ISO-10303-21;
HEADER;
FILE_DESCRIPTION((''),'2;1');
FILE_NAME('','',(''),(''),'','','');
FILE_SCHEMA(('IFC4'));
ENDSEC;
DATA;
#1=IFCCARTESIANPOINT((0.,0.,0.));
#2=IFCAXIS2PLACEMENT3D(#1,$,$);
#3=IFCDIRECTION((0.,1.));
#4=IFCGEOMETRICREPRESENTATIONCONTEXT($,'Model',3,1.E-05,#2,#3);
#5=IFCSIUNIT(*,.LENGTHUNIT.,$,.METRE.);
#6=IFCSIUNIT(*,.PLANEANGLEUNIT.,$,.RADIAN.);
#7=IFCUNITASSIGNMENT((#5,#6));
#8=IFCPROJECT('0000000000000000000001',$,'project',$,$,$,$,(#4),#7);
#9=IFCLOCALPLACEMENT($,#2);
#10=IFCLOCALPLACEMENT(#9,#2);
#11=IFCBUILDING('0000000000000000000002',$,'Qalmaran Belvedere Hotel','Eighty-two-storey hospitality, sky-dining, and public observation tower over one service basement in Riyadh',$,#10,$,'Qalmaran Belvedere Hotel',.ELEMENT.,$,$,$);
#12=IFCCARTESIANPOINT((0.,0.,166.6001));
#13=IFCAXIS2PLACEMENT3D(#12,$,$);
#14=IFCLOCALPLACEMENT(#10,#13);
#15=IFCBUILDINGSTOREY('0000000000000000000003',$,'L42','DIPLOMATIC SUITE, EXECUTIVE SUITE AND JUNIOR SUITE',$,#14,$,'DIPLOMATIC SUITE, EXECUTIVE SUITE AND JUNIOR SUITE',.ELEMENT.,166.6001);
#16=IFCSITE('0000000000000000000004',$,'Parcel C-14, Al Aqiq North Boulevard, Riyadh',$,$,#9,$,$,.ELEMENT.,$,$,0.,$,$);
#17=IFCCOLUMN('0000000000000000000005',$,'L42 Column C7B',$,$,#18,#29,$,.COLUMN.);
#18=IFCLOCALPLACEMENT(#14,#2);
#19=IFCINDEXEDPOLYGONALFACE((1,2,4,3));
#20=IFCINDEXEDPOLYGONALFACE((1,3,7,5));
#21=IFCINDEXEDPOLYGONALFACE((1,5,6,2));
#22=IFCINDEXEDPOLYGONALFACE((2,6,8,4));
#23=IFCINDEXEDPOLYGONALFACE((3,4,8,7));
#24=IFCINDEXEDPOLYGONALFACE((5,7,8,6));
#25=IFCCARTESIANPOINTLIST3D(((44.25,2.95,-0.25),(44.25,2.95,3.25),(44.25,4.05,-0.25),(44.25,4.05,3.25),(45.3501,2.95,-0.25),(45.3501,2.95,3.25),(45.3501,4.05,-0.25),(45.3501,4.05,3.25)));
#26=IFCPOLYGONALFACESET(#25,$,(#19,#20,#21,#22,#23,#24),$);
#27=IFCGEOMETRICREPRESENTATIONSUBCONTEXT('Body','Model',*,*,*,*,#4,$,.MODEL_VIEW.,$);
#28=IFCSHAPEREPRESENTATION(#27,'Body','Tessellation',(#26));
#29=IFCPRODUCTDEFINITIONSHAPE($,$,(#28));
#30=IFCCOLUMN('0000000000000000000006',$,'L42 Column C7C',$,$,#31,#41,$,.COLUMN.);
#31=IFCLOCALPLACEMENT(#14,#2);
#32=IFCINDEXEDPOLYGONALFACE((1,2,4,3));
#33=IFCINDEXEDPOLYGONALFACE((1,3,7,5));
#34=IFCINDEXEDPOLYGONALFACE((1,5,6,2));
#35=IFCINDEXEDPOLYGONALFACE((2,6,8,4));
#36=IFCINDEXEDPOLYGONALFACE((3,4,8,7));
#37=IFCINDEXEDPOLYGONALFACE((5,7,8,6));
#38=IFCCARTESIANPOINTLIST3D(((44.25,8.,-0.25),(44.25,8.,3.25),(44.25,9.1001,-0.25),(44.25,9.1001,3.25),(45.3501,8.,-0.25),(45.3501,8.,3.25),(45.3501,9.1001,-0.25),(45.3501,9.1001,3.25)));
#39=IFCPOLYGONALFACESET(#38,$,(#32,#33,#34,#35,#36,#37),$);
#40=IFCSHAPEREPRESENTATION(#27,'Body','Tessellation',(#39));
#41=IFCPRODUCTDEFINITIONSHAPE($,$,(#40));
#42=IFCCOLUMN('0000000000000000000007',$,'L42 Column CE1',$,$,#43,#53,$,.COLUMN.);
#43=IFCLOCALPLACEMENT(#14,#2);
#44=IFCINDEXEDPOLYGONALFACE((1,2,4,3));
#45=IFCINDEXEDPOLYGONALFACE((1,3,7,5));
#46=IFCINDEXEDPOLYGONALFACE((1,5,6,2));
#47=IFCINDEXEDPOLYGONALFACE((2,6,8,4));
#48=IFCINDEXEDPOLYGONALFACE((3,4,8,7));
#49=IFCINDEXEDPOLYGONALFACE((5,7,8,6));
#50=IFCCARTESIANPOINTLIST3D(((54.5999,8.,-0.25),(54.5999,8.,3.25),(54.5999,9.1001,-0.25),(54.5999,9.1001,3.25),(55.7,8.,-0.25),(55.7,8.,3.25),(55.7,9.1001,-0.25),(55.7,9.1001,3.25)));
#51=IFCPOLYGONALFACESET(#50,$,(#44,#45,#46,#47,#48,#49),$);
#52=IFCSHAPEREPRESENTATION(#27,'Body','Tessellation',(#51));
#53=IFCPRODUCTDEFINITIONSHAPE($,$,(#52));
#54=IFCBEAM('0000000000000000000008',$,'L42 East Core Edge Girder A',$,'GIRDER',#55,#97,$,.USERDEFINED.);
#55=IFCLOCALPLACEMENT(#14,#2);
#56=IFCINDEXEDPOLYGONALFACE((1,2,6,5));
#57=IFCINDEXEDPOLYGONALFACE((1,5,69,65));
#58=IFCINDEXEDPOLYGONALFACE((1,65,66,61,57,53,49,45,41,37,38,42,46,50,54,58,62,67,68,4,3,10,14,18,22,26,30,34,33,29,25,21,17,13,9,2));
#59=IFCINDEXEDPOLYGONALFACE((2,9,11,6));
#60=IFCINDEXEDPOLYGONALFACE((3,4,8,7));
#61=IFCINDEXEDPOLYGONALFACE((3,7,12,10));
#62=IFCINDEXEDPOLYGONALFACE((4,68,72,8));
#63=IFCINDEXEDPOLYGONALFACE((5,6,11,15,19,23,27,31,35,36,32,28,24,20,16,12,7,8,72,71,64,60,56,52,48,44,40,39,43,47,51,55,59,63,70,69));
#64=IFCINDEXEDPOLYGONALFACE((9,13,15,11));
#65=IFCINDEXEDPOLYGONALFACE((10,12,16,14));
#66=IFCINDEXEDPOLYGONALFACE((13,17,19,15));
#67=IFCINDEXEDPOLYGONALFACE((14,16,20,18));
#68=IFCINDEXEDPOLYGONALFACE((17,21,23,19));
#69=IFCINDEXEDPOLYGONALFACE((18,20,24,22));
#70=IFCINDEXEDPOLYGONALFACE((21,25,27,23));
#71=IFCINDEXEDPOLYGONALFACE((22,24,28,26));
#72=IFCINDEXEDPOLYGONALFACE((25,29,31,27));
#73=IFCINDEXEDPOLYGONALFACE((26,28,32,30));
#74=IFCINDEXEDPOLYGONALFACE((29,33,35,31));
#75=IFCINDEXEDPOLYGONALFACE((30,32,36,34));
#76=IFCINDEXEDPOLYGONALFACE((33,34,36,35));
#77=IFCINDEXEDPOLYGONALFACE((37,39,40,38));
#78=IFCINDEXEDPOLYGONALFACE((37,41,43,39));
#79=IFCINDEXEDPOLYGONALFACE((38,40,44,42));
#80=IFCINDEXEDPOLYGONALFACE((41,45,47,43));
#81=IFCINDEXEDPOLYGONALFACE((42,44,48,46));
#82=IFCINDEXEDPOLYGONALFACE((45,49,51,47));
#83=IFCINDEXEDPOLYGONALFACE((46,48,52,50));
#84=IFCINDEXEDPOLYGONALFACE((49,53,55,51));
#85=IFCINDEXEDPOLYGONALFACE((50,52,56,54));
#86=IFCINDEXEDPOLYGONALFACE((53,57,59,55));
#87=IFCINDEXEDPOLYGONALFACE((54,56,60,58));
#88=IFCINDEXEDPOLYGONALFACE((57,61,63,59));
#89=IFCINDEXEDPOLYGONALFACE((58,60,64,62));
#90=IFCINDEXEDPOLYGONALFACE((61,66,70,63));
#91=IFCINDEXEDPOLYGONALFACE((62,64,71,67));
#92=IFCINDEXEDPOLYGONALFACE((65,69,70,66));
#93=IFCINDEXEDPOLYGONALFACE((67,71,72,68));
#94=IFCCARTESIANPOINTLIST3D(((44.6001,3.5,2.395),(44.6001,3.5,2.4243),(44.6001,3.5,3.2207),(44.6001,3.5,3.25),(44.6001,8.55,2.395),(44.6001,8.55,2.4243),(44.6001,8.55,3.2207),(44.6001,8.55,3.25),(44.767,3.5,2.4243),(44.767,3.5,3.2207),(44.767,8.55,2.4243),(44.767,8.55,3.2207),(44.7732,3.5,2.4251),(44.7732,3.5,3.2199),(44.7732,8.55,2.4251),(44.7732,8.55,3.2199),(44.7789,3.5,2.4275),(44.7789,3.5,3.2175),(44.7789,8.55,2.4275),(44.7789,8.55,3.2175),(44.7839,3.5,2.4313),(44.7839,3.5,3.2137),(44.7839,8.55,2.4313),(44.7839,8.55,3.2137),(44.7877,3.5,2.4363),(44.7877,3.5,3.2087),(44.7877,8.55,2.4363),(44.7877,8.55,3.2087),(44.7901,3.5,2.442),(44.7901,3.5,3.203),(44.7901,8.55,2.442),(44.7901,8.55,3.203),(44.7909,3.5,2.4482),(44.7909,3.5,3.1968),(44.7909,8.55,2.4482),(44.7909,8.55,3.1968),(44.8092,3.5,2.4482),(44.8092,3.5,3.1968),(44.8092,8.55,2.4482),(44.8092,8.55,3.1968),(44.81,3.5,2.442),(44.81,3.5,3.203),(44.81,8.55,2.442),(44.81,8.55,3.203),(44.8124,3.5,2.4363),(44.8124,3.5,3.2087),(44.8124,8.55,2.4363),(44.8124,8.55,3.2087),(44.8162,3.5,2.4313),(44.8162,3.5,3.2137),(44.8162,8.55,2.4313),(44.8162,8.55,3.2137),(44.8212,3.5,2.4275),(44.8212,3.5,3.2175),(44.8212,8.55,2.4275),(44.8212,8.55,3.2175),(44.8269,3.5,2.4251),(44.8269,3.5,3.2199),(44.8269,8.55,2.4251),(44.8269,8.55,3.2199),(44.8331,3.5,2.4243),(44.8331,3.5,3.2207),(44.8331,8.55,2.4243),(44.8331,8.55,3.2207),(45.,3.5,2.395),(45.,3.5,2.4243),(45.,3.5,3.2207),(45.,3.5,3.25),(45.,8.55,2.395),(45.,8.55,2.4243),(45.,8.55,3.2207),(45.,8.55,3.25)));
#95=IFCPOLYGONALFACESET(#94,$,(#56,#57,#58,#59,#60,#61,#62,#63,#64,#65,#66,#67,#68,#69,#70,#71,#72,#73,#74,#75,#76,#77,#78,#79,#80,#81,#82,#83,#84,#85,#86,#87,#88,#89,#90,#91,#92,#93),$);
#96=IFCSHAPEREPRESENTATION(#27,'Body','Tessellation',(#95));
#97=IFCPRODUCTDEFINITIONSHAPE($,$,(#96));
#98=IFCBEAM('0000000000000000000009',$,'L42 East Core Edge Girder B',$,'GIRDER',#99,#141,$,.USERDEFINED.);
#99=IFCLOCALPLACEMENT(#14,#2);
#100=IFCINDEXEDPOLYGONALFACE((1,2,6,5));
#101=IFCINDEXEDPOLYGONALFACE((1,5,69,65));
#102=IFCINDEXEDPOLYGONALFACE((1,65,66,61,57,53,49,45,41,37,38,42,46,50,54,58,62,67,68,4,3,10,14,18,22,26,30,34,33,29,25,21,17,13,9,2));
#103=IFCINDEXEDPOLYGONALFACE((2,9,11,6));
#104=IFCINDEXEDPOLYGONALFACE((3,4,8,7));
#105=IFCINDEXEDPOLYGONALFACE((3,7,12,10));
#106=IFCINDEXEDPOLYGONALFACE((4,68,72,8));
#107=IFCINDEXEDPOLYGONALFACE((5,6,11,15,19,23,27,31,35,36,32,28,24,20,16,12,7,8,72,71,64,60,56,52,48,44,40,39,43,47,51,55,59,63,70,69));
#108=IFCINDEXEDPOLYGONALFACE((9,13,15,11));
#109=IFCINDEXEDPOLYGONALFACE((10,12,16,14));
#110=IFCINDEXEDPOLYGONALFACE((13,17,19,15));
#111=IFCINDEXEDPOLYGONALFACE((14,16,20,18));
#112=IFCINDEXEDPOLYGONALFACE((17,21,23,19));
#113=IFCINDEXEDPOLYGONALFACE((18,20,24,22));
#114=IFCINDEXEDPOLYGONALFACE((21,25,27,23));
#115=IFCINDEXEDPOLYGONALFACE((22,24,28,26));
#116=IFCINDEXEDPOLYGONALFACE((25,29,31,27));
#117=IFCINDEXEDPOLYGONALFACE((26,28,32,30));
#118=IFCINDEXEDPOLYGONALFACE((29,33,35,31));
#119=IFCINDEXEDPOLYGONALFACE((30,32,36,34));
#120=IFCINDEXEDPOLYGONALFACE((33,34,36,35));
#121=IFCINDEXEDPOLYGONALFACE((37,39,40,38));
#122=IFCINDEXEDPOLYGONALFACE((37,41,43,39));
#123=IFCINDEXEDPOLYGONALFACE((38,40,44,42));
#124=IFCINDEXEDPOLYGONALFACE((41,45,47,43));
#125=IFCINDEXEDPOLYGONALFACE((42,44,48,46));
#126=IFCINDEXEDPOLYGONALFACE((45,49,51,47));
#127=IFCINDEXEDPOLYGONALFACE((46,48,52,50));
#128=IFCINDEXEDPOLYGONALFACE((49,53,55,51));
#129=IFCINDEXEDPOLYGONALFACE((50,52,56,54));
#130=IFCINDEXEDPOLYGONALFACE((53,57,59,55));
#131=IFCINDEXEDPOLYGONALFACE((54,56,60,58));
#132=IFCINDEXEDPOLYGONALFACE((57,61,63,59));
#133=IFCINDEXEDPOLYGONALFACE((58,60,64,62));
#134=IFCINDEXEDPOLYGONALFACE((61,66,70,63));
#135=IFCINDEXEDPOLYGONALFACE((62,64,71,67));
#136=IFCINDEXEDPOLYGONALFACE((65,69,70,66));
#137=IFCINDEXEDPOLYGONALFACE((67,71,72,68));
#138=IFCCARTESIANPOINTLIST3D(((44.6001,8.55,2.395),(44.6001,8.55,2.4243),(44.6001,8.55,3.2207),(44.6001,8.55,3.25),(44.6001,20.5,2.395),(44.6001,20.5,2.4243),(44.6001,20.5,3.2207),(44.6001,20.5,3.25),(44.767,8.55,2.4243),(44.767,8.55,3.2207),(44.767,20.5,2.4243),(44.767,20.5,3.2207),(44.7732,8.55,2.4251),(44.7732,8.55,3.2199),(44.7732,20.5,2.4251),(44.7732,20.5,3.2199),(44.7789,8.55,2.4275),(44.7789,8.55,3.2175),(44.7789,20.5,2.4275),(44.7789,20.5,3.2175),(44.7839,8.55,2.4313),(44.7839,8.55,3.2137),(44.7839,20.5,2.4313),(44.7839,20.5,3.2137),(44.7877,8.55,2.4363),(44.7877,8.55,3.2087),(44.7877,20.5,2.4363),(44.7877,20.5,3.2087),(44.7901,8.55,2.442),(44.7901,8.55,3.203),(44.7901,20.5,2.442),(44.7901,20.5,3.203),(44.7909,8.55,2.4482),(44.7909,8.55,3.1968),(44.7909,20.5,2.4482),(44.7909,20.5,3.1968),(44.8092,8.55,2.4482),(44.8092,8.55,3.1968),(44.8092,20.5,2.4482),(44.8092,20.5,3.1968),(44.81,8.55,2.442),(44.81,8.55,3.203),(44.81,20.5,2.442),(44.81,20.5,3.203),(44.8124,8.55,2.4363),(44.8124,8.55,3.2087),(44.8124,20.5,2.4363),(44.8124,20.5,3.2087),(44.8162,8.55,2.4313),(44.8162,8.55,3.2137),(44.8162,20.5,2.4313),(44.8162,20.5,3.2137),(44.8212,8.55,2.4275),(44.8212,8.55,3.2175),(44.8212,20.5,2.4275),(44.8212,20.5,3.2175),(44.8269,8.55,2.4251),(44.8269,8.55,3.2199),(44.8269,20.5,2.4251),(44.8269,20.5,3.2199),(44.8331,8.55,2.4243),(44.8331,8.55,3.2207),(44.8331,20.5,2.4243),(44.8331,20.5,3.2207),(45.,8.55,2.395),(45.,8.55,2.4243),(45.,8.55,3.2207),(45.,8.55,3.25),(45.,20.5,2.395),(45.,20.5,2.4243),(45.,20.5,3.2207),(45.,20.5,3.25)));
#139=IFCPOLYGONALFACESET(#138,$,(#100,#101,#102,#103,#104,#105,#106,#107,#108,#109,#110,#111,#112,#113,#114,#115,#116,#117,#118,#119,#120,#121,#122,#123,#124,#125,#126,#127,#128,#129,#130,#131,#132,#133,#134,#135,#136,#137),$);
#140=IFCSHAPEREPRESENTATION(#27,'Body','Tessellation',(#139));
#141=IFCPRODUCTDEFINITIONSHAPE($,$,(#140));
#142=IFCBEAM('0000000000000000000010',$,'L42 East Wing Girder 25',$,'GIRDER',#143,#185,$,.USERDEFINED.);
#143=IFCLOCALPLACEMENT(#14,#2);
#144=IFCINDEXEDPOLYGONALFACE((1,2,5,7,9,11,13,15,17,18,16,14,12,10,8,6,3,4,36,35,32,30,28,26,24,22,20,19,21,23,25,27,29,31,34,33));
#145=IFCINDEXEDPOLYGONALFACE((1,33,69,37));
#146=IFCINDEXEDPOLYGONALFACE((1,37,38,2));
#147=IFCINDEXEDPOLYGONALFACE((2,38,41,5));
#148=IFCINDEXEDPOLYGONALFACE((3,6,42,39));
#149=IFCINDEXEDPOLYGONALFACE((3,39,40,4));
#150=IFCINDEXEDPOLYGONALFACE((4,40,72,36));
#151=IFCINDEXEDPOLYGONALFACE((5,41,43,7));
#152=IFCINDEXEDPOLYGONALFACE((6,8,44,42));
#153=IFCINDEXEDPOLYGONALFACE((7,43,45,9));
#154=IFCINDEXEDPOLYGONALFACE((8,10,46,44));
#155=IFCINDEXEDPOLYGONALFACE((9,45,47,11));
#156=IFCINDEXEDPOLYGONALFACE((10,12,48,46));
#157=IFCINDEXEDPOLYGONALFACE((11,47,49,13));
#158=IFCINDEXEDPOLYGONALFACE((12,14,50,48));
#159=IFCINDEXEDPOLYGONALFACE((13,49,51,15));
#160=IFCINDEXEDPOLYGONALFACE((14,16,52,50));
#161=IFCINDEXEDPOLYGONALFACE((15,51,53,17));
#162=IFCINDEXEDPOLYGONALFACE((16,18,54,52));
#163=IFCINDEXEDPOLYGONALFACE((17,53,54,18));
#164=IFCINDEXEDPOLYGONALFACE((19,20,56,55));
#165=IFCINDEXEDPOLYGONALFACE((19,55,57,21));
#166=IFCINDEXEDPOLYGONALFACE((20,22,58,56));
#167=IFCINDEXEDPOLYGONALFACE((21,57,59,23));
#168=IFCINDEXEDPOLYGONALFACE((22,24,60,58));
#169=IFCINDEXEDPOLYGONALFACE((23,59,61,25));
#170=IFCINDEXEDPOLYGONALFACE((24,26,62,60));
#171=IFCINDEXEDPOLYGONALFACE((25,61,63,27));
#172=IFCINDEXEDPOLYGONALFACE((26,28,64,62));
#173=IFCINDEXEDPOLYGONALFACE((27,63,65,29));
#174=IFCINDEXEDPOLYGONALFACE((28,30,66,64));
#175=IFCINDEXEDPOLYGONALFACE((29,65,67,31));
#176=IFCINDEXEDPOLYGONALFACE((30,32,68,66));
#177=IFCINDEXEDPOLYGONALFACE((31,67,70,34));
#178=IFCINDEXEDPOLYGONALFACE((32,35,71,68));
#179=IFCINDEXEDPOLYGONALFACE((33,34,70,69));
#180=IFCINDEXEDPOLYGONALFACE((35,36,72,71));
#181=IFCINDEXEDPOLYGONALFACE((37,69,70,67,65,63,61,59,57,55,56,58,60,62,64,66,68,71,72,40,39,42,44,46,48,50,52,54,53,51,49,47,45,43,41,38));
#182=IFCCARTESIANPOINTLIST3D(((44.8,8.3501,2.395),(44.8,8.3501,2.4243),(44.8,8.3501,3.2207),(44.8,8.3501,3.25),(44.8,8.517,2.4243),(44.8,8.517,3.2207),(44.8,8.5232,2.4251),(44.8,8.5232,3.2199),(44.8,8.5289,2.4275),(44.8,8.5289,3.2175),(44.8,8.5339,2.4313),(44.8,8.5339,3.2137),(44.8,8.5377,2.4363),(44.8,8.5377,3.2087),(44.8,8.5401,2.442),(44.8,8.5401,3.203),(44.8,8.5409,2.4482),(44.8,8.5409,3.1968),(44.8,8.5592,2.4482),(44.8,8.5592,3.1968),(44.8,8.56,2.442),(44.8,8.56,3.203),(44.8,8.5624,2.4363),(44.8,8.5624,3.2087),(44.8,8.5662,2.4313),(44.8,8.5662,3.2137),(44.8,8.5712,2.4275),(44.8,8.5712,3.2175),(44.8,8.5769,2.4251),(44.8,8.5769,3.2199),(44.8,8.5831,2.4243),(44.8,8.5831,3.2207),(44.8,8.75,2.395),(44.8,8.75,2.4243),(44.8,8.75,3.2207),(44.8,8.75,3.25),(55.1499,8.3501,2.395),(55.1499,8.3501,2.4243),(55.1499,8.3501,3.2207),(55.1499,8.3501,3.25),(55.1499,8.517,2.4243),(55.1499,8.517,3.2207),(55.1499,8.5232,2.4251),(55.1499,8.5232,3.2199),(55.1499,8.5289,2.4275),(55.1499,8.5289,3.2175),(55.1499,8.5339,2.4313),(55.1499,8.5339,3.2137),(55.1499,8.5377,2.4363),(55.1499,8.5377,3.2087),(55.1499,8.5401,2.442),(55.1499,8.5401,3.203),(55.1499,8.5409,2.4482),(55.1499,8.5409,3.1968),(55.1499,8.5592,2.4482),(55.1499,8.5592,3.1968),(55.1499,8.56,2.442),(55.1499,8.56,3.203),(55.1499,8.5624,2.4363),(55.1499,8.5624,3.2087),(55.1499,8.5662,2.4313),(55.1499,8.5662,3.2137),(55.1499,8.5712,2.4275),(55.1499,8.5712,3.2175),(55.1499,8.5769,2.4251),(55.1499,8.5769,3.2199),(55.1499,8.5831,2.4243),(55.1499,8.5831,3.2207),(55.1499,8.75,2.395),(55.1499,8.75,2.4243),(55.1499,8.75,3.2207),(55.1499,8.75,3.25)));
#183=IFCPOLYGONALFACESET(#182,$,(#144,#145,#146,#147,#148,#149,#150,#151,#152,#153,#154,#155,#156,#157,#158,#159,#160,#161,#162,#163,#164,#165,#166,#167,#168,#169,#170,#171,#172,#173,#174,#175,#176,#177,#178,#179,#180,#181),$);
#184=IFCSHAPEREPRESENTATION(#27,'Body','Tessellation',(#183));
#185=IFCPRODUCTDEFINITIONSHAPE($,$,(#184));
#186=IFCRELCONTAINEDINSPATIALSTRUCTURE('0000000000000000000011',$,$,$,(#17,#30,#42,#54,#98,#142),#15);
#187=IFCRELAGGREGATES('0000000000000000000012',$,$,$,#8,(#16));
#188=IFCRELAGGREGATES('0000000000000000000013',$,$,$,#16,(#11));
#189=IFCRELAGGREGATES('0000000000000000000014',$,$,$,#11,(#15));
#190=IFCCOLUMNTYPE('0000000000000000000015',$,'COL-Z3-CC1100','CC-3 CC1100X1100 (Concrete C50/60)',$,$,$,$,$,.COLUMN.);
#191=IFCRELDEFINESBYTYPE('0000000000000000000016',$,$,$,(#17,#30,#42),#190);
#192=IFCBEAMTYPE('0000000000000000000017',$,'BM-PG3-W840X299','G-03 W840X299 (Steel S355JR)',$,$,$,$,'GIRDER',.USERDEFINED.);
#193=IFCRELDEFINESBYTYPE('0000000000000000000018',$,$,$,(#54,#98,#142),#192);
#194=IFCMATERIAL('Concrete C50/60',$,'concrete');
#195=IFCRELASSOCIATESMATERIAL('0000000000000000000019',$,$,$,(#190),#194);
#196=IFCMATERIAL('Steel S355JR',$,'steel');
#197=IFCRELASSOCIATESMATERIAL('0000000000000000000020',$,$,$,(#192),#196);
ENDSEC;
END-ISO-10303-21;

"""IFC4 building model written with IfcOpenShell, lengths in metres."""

from ifc_helpers import new_model, si_unit, direction, frame, origin, origin_2d, place, context, subcontext, project, spatial, rectangle, i_section, extrude, material, material_profile, profile_set, type_object, element, save


model = new_model("IFC4")

# Units and contexts
model_context = context("Model", 3, precision=1e-05, world=origin(), true_north=direction((0.0, 1.0)))
body_context = subcontext(model_context, "Body", "Model", "MODEL_VIEW")
ifc_project = project(units=[si_unit("LENGTHUNIT", "METRE"), si_unit("PLANEANGLEUNIT", "RADIAN")], contexts=[model_context])

# Site, building, storey
site_placement = place(None, origin())
site = spatial("IfcSite", under=ifc_project, at=site_placement, Name="Parcel C-14, Al Aqiq North Boulevard, Riyadh", CompositionType="ELEMENT", RefElevation=0.0)
building_placement = place(site_placement, origin())
building = spatial("IfcBuilding", under=site, at=building_placement, Name="Qalmaran Belvedere Hotel", Description="Eighty-two-storey hospitality, sky-dining, and public observation tower over one service basement in Riyadh", LongName="Qalmaran Belvedere Hotel", CompositionType="ELEMENT")
storey_placement = place(building_placement, frame((0.0, 0.0, 166.6001)))
storey = spatial("IfcBuildingStorey", under=building, at=storey_placement, Name="L42", Description="DIPLOMATIC SUITE, EXECUTIVE SUITE AND JUNIOR SUITE", LongName="DIPLOMATIC SUITE, EXECUTIVE SUITE AND JUNIOR SUITE", CompositionType="ELEMENT", Elevation=166.6001)

# Columns
ifc_material_1 = material(Name="Concrete C50/60", Category="concrete")
ifc_material_profile_1 = material_profile(ifc_material_1, rectangle(XDim=1.1001, YDim=1.1001, at=origin_2d()), Name="CC1100X1100")
ifc_profile_set_1 = profile_set([ifc_material_profile_1], Name="Concrete C50/60")
column_type = type_object("IfcColumnType", Name="COL-Z3-CC1100", Description="CC-3 CC1100X1100 (Concrete C50/60)", PredefinedType="COLUMN", material=ifc_profile_set_1)
for number, where, z_axis, x_axis, name in (
    (1, (44.8, 3.5, -0.25), (0.0, 0.0, 1.0), (1.0, 0.0, 0.0), "L42 Column C7B"),
    (2, (44.8, 8.55, -0.25), (0.0, 0.0, 1.0), (1.0, 0.0, 0.0), "L42 Column C7C"),
    (3, (55.1499, 8.55, -0.25), (0.0, 0.0, 1.0), (1.0, 0.0, 0.0), "L42 Column CE1"),
):
    element("IfcColumn", number, at=place(storey_placement, frame(where, z_axis=z_axis, x_axis=x_axis)), inside=storey, type_object=column_type, Name=name, PredefinedType="COLUMN", context=body_context, shape_type="SweptSolid", body=[
        extrude(rectangle(XDim=1.1001, YDim=1.1001, at=origin_2d()), origin(), (0.0, 0.0, 1.0), 3.5),
    ])

# Beams
ifc_material_2 = material(Name="Steel S355JR", Category="steel")
ifc_material_profile_2 = material_profile(ifc_material_2, i_section(OverallWidth=0.3999, OverallDepth=0.855, WebThickness=0.0183, FlangeThickness=0.0293, FilletRadius=0.0239, at=origin_2d()), Name="W840X299")
ifc_profile_set_2 = profile_set([ifc_material_profile_2], Name="Steel S355JR")
beam_type_1 = type_object("IfcBeamType", Name="BM-PG3-W840X299", Description="G-03 W840X299 (Steel S355JR)", ElementType="GIRDER", PredefinedType="USERDEFINED", material=ifc_profile_set_2)
beam_1_placement = place(storey_placement, frame((44.8, 3.5, 2.8225), z_axis=(0.0, 1.0, 0.0), x_axis=(-1.0, 0.0, 0.0)))
element("IfcBeam", 4, at=beam_1_placement, inside=storey, type_object=beam_type_1, Name="L42 East Core Edge Girder A", ObjectType="GIRDER", PredefinedType="USERDEFINED", context=body_context, shape_type="SweptSolid", body=[
    extrude(i_section(OverallWidth=0.3999, OverallDepth=0.855, WebThickness=0.0183, FlangeThickness=0.0293, FilletRadius=0.0239, at=origin_2d()), origin(), (0.0, 0.0, 1.0), 5.05),
])
beam_2_placement = place(storey_placement, frame((44.8, 8.55, 2.8225), z_axis=(0.0, 1.0, 0.0), x_axis=(-1.0, 0.0, 0.0)))
element("IfcBeam", 5, at=beam_2_placement, inside=storey, type_object=beam_type_1, Name="L42 East Core Edge Girder B", ObjectType="GIRDER", PredefinedType="USERDEFINED", context=body_context, shape_type="SweptSolid", body=[
    extrude(i_section(OverallWidth=0.3999, OverallDepth=0.855, WebThickness=0.0183, FlangeThickness=0.0293, FilletRadius=0.0239, at=origin_2d()), origin(), (0.0, 0.0, 1.0), 11.95),
])
beam_3_placement = place(storey_placement, frame((44.8, 8.55, 2.8225), z_axis=(1.0, 0.0, 0.0), x_axis=(0.0, 1.0, 0.0)))
element("IfcBeam", 6, at=beam_3_placement, inside=storey, type_object=beam_type_1, Name="L42 East Wing Girder 25", ObjectType="GIRDER", PredefinedType="USERDEFINED", context=body_context, shape_type="SweptSolid", body=[
    extrude(i_section(OverallWidth=0.3999, OverallDepth=0.855, WebThickness=0.0183, FlangeThickness=0.0293, FilletRadius=0.0239, at=origin_2d()), origin(), (0.0, 0.0, 1.0), 10.3499),
])

save(model, "model.ifc")
